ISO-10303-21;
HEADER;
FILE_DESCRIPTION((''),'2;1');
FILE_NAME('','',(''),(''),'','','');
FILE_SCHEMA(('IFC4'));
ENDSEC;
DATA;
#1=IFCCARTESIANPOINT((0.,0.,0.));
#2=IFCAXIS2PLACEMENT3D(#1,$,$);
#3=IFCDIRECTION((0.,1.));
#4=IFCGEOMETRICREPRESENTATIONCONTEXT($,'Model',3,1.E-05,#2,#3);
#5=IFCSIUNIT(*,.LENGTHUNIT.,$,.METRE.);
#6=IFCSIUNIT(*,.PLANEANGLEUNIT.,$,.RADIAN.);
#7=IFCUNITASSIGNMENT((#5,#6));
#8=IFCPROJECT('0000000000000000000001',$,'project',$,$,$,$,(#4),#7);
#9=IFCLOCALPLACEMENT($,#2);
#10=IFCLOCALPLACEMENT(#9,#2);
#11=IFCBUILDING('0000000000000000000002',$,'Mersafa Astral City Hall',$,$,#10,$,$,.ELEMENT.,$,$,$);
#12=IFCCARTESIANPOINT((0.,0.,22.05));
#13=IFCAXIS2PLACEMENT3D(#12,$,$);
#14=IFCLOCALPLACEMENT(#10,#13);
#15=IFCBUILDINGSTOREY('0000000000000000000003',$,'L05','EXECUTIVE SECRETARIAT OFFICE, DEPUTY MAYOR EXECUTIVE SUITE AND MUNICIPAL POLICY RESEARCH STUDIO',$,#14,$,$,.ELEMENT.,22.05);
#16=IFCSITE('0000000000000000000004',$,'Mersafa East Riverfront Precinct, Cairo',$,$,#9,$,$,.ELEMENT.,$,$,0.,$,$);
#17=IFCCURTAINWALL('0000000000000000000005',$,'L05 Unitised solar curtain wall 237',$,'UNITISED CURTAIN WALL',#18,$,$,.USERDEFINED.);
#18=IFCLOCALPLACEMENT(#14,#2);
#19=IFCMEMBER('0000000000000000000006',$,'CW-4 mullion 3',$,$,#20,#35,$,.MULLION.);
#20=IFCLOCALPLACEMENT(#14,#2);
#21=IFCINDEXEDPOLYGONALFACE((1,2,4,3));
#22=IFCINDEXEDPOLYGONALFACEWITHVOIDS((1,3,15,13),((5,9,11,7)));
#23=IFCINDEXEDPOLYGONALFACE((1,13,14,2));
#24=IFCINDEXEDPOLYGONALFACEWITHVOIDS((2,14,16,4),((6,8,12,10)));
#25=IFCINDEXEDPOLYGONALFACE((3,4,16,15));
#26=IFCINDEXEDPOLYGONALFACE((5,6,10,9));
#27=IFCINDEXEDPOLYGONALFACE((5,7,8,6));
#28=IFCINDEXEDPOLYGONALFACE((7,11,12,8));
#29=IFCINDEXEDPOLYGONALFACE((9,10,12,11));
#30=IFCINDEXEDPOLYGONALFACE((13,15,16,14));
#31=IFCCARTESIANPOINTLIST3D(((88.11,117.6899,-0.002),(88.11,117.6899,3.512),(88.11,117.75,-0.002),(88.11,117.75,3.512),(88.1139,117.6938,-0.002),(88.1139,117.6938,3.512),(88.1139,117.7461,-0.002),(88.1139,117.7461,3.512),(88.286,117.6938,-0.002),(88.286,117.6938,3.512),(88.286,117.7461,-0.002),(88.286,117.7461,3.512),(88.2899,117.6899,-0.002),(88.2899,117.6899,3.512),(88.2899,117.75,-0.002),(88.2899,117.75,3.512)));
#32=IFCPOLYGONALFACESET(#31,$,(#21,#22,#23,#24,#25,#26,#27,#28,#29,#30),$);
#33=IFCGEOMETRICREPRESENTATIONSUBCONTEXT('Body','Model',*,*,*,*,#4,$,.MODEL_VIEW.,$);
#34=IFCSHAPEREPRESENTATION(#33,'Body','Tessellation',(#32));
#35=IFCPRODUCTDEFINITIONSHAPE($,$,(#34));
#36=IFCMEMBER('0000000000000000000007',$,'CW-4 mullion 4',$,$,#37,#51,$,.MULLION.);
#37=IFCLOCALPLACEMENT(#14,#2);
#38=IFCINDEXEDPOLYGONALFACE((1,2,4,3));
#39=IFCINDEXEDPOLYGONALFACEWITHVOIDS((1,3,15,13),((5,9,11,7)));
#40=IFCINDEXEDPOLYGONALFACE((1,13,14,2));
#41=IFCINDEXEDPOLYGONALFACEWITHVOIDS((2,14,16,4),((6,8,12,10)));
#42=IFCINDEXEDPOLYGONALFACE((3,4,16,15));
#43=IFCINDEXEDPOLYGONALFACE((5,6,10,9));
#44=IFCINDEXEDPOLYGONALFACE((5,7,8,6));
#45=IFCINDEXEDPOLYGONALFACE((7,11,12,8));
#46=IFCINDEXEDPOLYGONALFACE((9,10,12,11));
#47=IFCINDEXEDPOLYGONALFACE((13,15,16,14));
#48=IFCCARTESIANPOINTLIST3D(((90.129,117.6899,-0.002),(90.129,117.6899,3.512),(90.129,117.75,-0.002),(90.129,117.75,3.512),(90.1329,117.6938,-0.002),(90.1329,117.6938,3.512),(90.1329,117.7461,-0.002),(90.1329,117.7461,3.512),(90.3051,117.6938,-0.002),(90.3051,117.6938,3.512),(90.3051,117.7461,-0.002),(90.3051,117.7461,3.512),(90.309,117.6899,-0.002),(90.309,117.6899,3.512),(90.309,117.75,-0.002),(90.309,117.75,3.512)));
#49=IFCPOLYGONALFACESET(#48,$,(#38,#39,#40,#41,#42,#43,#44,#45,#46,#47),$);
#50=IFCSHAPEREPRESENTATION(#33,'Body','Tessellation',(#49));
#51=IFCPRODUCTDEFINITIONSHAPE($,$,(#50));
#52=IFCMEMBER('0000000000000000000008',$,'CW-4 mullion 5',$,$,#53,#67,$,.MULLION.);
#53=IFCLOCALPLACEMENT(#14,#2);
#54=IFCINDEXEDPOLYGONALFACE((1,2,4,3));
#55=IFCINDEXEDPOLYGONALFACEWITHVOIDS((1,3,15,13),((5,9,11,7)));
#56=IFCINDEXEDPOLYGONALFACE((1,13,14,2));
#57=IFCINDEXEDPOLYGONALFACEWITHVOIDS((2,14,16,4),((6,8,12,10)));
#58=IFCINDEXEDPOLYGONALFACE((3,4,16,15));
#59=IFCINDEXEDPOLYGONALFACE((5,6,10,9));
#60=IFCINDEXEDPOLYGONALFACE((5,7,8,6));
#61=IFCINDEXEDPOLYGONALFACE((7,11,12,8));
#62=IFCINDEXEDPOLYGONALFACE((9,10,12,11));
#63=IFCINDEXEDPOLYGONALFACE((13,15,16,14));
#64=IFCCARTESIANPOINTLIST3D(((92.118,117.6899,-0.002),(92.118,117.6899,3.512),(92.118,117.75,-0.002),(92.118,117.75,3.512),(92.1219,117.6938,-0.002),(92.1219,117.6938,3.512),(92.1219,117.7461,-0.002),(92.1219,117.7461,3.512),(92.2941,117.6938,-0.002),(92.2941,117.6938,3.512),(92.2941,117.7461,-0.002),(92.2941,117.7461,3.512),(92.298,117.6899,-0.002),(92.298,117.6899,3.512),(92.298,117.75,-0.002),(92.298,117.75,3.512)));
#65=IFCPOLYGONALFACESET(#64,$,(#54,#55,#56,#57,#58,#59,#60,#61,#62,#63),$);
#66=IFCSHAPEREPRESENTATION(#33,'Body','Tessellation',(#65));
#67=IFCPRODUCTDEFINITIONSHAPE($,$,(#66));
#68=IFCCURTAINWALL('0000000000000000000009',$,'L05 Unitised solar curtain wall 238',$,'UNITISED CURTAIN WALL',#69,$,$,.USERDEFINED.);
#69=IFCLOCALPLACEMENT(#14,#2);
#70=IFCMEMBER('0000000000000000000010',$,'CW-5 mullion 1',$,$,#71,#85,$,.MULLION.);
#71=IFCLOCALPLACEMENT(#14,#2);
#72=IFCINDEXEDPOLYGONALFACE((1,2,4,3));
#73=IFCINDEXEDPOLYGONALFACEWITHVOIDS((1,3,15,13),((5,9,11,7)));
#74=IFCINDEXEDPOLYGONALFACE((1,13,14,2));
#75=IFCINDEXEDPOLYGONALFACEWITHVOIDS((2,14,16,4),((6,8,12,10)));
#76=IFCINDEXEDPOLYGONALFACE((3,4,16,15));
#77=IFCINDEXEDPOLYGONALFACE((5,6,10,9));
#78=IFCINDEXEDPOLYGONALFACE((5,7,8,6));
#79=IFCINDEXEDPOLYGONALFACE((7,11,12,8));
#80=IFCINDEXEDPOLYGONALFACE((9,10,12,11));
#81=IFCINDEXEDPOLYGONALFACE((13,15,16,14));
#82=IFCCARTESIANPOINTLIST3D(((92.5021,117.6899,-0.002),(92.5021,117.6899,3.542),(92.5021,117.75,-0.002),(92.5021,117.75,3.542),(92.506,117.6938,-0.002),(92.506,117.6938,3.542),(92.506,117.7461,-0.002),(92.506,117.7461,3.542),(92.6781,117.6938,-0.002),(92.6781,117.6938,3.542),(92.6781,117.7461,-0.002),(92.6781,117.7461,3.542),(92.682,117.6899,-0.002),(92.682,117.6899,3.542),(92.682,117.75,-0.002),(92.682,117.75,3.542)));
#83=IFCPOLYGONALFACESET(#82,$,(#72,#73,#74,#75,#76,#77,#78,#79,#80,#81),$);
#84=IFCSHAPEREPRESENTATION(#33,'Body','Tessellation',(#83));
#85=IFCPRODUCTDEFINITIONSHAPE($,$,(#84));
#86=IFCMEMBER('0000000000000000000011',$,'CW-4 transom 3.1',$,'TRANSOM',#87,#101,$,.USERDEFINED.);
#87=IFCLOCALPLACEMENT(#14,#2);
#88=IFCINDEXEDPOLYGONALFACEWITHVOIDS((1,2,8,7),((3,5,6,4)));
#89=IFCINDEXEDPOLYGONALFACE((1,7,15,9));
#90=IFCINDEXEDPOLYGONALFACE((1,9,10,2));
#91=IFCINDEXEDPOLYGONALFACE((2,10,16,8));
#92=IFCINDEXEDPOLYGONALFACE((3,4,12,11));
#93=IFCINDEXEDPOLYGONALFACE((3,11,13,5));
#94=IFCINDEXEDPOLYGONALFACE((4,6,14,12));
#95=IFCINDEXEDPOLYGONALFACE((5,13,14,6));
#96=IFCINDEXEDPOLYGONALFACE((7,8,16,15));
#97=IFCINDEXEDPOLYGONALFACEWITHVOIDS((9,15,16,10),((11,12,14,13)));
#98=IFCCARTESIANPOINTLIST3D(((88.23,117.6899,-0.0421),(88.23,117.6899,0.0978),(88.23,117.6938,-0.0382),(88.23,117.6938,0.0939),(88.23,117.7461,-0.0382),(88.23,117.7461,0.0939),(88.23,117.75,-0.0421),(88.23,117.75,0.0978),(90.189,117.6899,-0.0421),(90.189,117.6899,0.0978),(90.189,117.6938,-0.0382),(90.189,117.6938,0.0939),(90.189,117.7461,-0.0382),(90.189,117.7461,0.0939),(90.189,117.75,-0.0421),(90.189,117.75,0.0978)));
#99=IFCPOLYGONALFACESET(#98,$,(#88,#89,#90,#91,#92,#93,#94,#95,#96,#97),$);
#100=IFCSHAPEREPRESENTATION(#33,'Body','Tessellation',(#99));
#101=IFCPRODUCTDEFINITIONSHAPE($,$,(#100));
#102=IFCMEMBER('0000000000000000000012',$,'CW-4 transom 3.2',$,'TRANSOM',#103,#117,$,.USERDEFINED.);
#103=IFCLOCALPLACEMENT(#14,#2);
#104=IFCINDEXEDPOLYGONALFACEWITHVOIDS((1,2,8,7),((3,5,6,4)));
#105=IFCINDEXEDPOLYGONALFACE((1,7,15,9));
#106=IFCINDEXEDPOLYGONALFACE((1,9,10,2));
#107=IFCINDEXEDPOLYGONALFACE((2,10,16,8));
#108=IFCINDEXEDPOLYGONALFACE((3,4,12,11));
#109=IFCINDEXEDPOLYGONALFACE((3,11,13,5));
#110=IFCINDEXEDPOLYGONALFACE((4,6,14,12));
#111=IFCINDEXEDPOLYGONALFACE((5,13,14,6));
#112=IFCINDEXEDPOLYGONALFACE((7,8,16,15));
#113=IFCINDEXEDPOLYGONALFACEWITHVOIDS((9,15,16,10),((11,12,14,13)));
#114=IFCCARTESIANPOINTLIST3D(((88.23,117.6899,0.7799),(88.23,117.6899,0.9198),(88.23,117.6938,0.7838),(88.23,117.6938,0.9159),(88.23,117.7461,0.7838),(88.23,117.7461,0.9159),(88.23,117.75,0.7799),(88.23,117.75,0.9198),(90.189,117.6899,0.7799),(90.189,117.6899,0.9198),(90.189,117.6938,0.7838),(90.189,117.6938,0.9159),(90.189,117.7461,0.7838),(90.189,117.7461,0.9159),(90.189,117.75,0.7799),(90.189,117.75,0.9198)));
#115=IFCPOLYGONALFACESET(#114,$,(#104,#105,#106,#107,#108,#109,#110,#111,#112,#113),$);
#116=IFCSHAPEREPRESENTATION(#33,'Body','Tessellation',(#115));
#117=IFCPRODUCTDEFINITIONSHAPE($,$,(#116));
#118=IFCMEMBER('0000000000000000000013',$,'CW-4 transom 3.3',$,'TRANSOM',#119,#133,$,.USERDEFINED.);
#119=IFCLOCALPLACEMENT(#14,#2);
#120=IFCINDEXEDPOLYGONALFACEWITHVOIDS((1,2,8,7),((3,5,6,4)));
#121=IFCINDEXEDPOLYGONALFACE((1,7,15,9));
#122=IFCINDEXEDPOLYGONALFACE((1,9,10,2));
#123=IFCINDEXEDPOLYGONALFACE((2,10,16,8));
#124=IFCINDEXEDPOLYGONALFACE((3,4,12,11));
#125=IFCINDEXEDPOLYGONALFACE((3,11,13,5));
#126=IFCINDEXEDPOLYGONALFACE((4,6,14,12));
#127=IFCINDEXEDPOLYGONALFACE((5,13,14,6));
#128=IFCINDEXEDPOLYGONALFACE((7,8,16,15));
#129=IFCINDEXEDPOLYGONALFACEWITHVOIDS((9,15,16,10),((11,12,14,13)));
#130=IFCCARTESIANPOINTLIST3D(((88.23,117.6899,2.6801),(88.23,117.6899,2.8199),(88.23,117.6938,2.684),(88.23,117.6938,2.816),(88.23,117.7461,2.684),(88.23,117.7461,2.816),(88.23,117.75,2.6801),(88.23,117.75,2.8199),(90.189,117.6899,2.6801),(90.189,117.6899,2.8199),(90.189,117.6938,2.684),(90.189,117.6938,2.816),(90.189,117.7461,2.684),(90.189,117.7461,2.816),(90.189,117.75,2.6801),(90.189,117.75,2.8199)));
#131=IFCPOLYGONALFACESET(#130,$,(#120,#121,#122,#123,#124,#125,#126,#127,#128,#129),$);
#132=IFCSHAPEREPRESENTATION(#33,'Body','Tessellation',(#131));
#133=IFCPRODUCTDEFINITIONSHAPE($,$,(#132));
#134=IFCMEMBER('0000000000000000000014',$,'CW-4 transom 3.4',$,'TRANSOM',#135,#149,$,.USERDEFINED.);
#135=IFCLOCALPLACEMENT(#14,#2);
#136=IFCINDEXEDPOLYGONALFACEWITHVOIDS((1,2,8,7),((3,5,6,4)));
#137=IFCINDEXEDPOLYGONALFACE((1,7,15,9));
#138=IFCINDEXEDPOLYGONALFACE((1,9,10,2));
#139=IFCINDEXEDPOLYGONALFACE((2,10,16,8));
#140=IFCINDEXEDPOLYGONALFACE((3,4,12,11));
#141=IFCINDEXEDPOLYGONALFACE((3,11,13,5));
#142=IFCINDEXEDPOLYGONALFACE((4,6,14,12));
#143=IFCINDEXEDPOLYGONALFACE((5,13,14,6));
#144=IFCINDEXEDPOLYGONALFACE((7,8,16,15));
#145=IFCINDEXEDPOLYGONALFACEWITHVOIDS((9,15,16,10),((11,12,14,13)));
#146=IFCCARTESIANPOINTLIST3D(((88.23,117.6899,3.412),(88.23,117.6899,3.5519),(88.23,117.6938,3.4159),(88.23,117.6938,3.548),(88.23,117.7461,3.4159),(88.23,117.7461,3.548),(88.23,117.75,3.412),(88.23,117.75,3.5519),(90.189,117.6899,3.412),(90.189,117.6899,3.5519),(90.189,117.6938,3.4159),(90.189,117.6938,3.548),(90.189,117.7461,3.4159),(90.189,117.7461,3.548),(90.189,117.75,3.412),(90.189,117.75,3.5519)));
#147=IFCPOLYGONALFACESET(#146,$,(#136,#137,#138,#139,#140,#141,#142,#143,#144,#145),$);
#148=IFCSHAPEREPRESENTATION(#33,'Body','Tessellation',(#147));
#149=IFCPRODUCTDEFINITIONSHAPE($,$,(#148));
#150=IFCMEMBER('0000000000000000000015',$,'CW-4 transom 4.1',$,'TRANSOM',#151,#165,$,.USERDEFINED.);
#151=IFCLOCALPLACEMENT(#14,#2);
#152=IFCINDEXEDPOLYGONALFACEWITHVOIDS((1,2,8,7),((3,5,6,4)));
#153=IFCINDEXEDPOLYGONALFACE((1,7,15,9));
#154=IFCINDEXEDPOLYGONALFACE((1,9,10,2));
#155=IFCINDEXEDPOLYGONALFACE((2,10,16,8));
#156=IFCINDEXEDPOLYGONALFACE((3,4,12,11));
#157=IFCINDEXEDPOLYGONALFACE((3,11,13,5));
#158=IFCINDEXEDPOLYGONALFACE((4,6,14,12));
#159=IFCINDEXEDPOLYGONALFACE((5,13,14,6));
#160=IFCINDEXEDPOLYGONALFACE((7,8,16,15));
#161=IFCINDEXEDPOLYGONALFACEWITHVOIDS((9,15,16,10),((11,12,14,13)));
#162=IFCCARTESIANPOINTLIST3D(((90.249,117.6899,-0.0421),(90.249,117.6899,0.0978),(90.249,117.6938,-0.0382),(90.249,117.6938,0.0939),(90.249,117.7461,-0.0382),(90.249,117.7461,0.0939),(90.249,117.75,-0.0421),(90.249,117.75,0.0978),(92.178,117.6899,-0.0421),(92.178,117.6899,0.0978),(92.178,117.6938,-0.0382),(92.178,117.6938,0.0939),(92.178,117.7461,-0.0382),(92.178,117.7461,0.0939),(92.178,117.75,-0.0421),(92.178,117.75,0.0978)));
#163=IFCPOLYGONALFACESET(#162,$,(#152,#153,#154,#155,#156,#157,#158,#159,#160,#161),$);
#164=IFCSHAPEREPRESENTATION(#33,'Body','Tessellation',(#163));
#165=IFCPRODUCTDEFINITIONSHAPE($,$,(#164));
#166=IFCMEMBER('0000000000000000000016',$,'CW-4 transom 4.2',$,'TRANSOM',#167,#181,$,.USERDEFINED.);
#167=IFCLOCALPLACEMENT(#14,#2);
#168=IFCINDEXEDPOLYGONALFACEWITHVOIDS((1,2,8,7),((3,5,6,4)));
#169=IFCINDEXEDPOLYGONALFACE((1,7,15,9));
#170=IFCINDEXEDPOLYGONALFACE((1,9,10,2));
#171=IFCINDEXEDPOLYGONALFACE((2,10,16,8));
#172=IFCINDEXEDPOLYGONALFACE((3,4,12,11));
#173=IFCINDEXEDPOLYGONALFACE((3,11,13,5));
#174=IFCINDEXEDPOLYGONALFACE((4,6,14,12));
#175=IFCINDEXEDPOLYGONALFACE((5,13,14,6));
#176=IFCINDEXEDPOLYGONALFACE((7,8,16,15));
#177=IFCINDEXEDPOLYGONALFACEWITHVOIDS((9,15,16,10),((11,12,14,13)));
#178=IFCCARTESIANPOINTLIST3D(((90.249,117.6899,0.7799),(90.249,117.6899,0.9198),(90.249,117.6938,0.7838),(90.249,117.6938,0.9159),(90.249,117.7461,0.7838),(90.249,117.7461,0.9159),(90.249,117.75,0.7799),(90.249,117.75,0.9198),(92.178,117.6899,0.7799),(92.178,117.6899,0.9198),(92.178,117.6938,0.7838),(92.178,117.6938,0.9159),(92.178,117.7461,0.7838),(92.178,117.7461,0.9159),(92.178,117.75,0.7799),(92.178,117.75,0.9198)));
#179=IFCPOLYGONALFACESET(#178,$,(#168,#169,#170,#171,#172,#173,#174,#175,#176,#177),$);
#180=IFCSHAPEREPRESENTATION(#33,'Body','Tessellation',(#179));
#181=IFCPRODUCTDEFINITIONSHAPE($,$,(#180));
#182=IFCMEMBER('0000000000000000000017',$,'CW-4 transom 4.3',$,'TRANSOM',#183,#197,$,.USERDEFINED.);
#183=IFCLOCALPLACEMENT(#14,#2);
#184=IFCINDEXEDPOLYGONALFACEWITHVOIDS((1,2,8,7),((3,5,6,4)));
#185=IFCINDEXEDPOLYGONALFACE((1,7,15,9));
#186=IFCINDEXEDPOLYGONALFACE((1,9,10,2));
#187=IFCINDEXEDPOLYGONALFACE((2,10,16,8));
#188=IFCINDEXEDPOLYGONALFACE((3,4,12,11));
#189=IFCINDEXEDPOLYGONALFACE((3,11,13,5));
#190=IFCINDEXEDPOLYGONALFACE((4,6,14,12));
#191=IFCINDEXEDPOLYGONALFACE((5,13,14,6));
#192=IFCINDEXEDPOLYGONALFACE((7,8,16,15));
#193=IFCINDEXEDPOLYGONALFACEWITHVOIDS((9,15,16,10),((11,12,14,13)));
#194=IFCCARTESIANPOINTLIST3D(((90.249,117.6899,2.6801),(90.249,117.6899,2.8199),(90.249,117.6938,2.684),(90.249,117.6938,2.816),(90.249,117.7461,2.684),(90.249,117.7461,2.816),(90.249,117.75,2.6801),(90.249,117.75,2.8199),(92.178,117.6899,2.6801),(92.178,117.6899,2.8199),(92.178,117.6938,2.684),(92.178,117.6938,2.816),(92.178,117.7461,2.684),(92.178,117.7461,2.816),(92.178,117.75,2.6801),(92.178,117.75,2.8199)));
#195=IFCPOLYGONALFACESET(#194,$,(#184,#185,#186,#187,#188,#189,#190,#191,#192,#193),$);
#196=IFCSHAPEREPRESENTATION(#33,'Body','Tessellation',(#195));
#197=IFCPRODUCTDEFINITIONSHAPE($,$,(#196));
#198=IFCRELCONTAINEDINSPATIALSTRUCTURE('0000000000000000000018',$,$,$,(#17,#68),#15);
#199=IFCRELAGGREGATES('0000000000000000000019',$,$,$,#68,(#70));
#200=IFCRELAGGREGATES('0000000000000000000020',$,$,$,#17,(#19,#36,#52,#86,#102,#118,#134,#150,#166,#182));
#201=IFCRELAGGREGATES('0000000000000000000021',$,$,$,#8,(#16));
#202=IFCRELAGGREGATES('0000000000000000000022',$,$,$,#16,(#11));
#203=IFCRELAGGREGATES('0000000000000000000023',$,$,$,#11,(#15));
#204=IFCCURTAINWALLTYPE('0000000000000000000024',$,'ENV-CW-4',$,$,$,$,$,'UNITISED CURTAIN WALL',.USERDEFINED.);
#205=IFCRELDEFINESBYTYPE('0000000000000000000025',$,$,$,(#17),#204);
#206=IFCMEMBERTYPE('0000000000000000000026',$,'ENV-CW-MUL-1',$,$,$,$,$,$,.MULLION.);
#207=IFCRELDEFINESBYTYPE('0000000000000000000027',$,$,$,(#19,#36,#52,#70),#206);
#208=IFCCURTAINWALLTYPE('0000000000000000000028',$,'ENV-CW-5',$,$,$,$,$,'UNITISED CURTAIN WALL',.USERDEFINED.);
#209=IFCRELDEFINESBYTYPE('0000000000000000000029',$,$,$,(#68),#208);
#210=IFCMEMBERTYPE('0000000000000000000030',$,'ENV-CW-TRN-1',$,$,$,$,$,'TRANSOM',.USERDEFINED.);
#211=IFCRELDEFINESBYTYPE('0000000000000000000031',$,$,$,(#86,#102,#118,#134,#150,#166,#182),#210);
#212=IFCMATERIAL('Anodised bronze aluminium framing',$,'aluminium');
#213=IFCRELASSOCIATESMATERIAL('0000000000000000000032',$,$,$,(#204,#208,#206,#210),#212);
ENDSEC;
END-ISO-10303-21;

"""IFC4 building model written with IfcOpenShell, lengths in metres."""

from ifc_helpers import new_model, si_unit, direction, frame, origin, origin_2d, place, context, subcontext, project, spatial, hollow_rectangle, extrude, material, material_profile, profile_set, type_object, element, aggregate, save


model = new_model("IFC4")

# Units and contexts
model_context = context("Model", 3, precision=1e-05, world=origin(), true_north=direction((0.0, 1.0)))
body_context = subcontext(model_context, "Body", "Model", "MODEL_VIEW")
ifc_project = project(units=[si_unit("LENGTHUNIT", "METRE"), si_unit("PLANEANGLEUNIT", "RADIAN")], contexts=[model_context])

# Site, building, storey
site_placement = place(None, origin())
site = spatial("IfcSite", under=ifc_project, at=site_placement, Name="Mersafa East Riverfront Precinct, Cairo", CompositionType="ELEMENT", RefElevation=0.0)
building_placement = place(site_placement, origin())
building = spatial("IfcBuilding", under=site, at=building_placement, Name="Mersafa Astral City Hall", CompositionType="ELEMENT")
storey_placement = place(building_placement, frame((0.0, 0.0, 22.05)))
storey = spatial("IfcBuildingStorey", under=building, at=storey_placement, Name="L05", Description="EXECUTIVE SECRETARIAT OFFICE, DEPUTY MAYOR EXECUTIVE SUITE AND MUNICIPAL POLICY RESEARCH STUDIO", CompositionType="ELEMENT", Elevation=22.05)

# Curtain wall, members
ifc_material_1 = material(Name="Anodised bronze aluminium framing", Category="aluminium")
curtain_wall_type_1 = type_object("IfcCurtainWallType", Name="ENV-CW-4", ElementType="UNITISED CURTAIN WALL", PredefinedType="USERDEFINED", material=ifc_material_1)
curtain_wall_1_placement = place(storey_placement, origin())
curtain_wall_1 = element("IfcCurtainWall", 1, at=curtain_wall_1_placement, inside=storey, type_object=curtain_wall_type_1, Name="L05 Unitised solar curtain wall 237", ObjectType="UNITISED CURTAIN WALL", PredefinedType="USERDEFINED")
ifc_material_profile_1 = material_profile(ifc_material_1, hollow_rectangle(XDim=0.0601, YDim=0.1799, WallThickness=0.0039, at=origin_2d()), Name="RHS 60x180x4")
ifc_profile_set_1 = profile_set([ifc_material_profile_1], Name="Anodised bronze aluminium framing")
member_type_1 = type_object("IfcMemberType", Name="ENV-CW-MUL-1", PredefinedType="MULLION", material=ifc_profile_set_1)
member_1_placement = place(storey_placement, frame((88.2, 117.72, -0.002), z_axis=(0.0, 0.0, 1.0), x_axis=(0.0, 1.0, 0.0)))
member_1 = element("IfcMember", 2, at=member_1_placement, type_object=member_type_1, Name="CW-4 mullion 3", PredefinedType="MULLION", context=body_context, shape_type="SweptSolid", body=[
    extrude(hollow_rectangle(XDim=0.0601, YDim=0.1799, WallThickness=0.0039, at=origin_2d()), origin(), (0.0, 0.0, 1.0), 3.5139),
])
member_2_placement = place(storey_placement, frame((90.219, 117.72, -0.002), z_axis=(0.0, 0.0, 1.0), x_axis=(0.0, 1.0, 0.0)))
member_2 = element("IfcMember", 3, at=member_2_placement, type_object=member_type_1, Name="CW-4 mullion 4", PredefinedType="MULLION", context=body_context, shape_type="SweptSolid", body=[
    extrude(hollow_rectangle(XDim=0.0601, YDim=0.1799, WallThickness=0.0039, at=origin_2d()), origin(), (0.0, 0.0, 1.0), 3.5139),
])
member_3_placement = place(storey_placement, frame((92.208, 117.72, -0.002), z_axis=(0.0, 0.0, 1.0), x_axis=(0.0, 1.0, 0.0)))
member_3 = element("IfcMember", 4, at=member_3_placement, type_object=member_type_1, Name="CW-4 mullion 5", PredefinedType="MULLION", context=body_context, shape_type="SweptSolid", body=[
    extrude(hollow_rectangle(XDim=0.0601, YDim=0.1799, WallThickness=0.0039, at=origin_2d()), origin(), (0.0, 0.0, 1.0), 3.5139),
])

# Curtain wall, member
curtain_wall_type_2 = type_object("IfcCurtainWallType", Name="ENV-CW-5", ElementType="UNITISED CURTAIN WALL", PredefinedType="USERDEFINED", material=ifc_material_1)
curtain_wall_2_placement = place(storey_placement, origin())
curtain_wall_2 = element("IfcCurtainWall", 5, at=curtain_wall_2_placement, inside=storey, type_object=curtain_wall_type_2, Name="L05 Unitised solar curtain wall 238", ObjectType="UNITISED CURTAIN WALL", PredefinedType="USERDEFINED")
member_4_placement = place(storey_placement, frame((92.592, 117.72, -0.002), z_axis=(0.0, 0.0, 1.0), x_axis=(0.0, 1.0, 0.0)))
member_4 = element("IfcMember", 6, at=member_4_placement, type_object=member_type_1, Name="CW-5 mullion 1", PredefinedType="MULLION", context=body_context, shape_type="SweptSolid", body=[
    extrude(hollow_rectangle(XDim=0.0601, YDim=0.1799, WallThickness=0.0039, at=origin_2d()), origin(), (0.0, 0.0, 1.0), 3.5439),
])

# Members
ifc_material_profile_2 = material_profile(ifc_material_1, hollow_rectangle(XDim=0.0601, YDim=0.1399, WallThickness=0.0039, at=origin_2d()), Name="RHS 60x140x4")
ifc_profile_set_2 = profile_set([ifc_material_profile_2], Name="Anodised bronze aluminium framing")
member_type_2 = type_object("IfcMemberType", Name="ENV-CW-TRN-1", ElementType="TRANSOM", PredefinedType="USERDEFINED", material=ifc_profile_set_2)
member_5_placement = place(storey_placement, frame((88.23, 117.72, 0.0278), z_axis=(1.0, 0.0, 0.0), x_axis=(0.0, 1.0, 0.0)))
member_5 = element("IfcMember", 7, at=member_5_placement, type_object=member_type_2, Name="CW-4 transom 3.1", ObjectType="TRANSOM", PredefinedType="USERDEFINED", context=body_context, shape_type="SweptSolid", body=[
    extrude(hollow_rectangle(XDim=0.0601, YDim=0.1399, WallThickness=0.0039, at=origin_2d()), origin(), (0.0, 0.0, 1.0), 1.959),
])
member_6_placement = place(storey_placement, frame((88.23, 117.72, 0.8499), z_axis=(1.0, 0.0, 0.0), x_axis=(0.0, 1.0, 0.0)))
member_6 = element("IfcMember", 8, at=member_6_placement, type_object=member_type_2, Name="CW-4 transom 3.2", ObjectType="TRANSOM", PredefinedType="USERDEFINED", context=body_context, shape_type="SweptSolid", body=[
    extrude(hollow_rectangle(XDim=0.0601, YDim=0.1399, WallThickness=0.0039, at=origin_2d()), origin(), (0.0, 0.0, 1.0), 1.959),
])
member_7_placement = place(storey_placement, frame((88.23, 117.72, 2.75), z_axis=(1.0, 0.0, 0.0), x_axis=(0.0, 1.0, 0.0)))
member_7 = element("IfcMember", 9, at=member_7_placement, type_object=member_type_2, Name="CW-4 transom 3.3", ObjectType="TRANSOM", PredefinedType="USERDEFINED", context=body_context, shape_type="SweptSolid", body=[
    extrude(hollow_rectangle(XDim=0.0601, YDim=0.1399, WallThickness=0.0039, at=origin_2d()), origin(), (0.0, 0.0, 1.0), 1.959),
])
member_8_placement = place(storey_placement, frame((88.23, 117.72, 3.4819), z_axis=(1.0, 0.0, 0.0), x_axis=(0.0, 1.0, 0.0)))
member_8 = element("IfcMember", 10, at=member_8_placement, type_object=member_type_2, Name="CW-4 transom 3.4", ObjectType="TRANSOM", PredefinedType="USERDEFINED", context=body_context, shape_type="SweptSolid", body=[
    extrude(hollow_rectangle(XDim=0.0601, YDim=0.1399, WallThickness=0.0039, at=origin_2d()), origin(), (0.0, 0.0, 1.0), 1.959),
])
member_9_placement = place(storey_placement, frame((90.249, 117.72, 0.0278), z_axis=(1.0, 0.0, 0.0), x_axis=(0.0, 1.0, 0.0)))
member_9 = element("IfcMember", 11, at=member_9_placement, type_object=member_type_2, Name="CW-4 transom 4.1", ObjectType="TRANSOM", PredefinedType="USERDEFINED", context=body_context, shape_type="SweptSolid", body=[
    extrude(hollow_rectangle(XDim=0.0601, YDim=0.1399, WallThickness=0.0039, at=origin_2d()), origin(), (0.0, 0.0, 1.0), 1.929),
])
member_10_placement = place(storey_placement, frame((90.249, 117.72, 0.8499), z_axis=(1.0, 0.0, 0.0), x_axis=(0.0, 1.0, 0.0)))
member_10 = element("IfcMember", 12, at=member_10_placement, type_object=member_type_2, Name="CW-4 transom 4.2", ObjectType="TRANSOM", PredefinedType="USERDEFINED", context=body_context, shape_type="SweptSolid", body=[
    extrude(hollow_rectangle(XDim=0.0601, YDim=0.1399, WallThickness=0.0039, at=origin_2d()), origin(), (0.0, 0.0, 1.0), 1.929),
])
member_11_placement = place(storey_placement, frame((90.249, 117.72, 2.75), z_axis=(1.0, 0.0, 0.0), x_axis=(0.0, 1.0, 0.0)))
member_11 = element("IfcMember", 13, at=member_11_placement, type_object=member_type_2, Name="CW-4 transom 4.3", ObjectType="TRANSOM", PredefinedType="USERDEFINED", context=body_context, shape_type="SweptSolid", body=[
    extrude(hollow_rectangle(XDim=0.0601, YDim=0.1399, WallThickness=0.0039, at=origin_2d()), origin(), (0.0, 0.0, 1.0), 1.929),
])
aggregate(curtain_wall_2, [member_4])

aggregate(curtain_wall_1, [member_1, member_2, member_3, member_5, member_6, member_7, member_8, member_9, member_10, member_11])

save(model, "model.ifc")
